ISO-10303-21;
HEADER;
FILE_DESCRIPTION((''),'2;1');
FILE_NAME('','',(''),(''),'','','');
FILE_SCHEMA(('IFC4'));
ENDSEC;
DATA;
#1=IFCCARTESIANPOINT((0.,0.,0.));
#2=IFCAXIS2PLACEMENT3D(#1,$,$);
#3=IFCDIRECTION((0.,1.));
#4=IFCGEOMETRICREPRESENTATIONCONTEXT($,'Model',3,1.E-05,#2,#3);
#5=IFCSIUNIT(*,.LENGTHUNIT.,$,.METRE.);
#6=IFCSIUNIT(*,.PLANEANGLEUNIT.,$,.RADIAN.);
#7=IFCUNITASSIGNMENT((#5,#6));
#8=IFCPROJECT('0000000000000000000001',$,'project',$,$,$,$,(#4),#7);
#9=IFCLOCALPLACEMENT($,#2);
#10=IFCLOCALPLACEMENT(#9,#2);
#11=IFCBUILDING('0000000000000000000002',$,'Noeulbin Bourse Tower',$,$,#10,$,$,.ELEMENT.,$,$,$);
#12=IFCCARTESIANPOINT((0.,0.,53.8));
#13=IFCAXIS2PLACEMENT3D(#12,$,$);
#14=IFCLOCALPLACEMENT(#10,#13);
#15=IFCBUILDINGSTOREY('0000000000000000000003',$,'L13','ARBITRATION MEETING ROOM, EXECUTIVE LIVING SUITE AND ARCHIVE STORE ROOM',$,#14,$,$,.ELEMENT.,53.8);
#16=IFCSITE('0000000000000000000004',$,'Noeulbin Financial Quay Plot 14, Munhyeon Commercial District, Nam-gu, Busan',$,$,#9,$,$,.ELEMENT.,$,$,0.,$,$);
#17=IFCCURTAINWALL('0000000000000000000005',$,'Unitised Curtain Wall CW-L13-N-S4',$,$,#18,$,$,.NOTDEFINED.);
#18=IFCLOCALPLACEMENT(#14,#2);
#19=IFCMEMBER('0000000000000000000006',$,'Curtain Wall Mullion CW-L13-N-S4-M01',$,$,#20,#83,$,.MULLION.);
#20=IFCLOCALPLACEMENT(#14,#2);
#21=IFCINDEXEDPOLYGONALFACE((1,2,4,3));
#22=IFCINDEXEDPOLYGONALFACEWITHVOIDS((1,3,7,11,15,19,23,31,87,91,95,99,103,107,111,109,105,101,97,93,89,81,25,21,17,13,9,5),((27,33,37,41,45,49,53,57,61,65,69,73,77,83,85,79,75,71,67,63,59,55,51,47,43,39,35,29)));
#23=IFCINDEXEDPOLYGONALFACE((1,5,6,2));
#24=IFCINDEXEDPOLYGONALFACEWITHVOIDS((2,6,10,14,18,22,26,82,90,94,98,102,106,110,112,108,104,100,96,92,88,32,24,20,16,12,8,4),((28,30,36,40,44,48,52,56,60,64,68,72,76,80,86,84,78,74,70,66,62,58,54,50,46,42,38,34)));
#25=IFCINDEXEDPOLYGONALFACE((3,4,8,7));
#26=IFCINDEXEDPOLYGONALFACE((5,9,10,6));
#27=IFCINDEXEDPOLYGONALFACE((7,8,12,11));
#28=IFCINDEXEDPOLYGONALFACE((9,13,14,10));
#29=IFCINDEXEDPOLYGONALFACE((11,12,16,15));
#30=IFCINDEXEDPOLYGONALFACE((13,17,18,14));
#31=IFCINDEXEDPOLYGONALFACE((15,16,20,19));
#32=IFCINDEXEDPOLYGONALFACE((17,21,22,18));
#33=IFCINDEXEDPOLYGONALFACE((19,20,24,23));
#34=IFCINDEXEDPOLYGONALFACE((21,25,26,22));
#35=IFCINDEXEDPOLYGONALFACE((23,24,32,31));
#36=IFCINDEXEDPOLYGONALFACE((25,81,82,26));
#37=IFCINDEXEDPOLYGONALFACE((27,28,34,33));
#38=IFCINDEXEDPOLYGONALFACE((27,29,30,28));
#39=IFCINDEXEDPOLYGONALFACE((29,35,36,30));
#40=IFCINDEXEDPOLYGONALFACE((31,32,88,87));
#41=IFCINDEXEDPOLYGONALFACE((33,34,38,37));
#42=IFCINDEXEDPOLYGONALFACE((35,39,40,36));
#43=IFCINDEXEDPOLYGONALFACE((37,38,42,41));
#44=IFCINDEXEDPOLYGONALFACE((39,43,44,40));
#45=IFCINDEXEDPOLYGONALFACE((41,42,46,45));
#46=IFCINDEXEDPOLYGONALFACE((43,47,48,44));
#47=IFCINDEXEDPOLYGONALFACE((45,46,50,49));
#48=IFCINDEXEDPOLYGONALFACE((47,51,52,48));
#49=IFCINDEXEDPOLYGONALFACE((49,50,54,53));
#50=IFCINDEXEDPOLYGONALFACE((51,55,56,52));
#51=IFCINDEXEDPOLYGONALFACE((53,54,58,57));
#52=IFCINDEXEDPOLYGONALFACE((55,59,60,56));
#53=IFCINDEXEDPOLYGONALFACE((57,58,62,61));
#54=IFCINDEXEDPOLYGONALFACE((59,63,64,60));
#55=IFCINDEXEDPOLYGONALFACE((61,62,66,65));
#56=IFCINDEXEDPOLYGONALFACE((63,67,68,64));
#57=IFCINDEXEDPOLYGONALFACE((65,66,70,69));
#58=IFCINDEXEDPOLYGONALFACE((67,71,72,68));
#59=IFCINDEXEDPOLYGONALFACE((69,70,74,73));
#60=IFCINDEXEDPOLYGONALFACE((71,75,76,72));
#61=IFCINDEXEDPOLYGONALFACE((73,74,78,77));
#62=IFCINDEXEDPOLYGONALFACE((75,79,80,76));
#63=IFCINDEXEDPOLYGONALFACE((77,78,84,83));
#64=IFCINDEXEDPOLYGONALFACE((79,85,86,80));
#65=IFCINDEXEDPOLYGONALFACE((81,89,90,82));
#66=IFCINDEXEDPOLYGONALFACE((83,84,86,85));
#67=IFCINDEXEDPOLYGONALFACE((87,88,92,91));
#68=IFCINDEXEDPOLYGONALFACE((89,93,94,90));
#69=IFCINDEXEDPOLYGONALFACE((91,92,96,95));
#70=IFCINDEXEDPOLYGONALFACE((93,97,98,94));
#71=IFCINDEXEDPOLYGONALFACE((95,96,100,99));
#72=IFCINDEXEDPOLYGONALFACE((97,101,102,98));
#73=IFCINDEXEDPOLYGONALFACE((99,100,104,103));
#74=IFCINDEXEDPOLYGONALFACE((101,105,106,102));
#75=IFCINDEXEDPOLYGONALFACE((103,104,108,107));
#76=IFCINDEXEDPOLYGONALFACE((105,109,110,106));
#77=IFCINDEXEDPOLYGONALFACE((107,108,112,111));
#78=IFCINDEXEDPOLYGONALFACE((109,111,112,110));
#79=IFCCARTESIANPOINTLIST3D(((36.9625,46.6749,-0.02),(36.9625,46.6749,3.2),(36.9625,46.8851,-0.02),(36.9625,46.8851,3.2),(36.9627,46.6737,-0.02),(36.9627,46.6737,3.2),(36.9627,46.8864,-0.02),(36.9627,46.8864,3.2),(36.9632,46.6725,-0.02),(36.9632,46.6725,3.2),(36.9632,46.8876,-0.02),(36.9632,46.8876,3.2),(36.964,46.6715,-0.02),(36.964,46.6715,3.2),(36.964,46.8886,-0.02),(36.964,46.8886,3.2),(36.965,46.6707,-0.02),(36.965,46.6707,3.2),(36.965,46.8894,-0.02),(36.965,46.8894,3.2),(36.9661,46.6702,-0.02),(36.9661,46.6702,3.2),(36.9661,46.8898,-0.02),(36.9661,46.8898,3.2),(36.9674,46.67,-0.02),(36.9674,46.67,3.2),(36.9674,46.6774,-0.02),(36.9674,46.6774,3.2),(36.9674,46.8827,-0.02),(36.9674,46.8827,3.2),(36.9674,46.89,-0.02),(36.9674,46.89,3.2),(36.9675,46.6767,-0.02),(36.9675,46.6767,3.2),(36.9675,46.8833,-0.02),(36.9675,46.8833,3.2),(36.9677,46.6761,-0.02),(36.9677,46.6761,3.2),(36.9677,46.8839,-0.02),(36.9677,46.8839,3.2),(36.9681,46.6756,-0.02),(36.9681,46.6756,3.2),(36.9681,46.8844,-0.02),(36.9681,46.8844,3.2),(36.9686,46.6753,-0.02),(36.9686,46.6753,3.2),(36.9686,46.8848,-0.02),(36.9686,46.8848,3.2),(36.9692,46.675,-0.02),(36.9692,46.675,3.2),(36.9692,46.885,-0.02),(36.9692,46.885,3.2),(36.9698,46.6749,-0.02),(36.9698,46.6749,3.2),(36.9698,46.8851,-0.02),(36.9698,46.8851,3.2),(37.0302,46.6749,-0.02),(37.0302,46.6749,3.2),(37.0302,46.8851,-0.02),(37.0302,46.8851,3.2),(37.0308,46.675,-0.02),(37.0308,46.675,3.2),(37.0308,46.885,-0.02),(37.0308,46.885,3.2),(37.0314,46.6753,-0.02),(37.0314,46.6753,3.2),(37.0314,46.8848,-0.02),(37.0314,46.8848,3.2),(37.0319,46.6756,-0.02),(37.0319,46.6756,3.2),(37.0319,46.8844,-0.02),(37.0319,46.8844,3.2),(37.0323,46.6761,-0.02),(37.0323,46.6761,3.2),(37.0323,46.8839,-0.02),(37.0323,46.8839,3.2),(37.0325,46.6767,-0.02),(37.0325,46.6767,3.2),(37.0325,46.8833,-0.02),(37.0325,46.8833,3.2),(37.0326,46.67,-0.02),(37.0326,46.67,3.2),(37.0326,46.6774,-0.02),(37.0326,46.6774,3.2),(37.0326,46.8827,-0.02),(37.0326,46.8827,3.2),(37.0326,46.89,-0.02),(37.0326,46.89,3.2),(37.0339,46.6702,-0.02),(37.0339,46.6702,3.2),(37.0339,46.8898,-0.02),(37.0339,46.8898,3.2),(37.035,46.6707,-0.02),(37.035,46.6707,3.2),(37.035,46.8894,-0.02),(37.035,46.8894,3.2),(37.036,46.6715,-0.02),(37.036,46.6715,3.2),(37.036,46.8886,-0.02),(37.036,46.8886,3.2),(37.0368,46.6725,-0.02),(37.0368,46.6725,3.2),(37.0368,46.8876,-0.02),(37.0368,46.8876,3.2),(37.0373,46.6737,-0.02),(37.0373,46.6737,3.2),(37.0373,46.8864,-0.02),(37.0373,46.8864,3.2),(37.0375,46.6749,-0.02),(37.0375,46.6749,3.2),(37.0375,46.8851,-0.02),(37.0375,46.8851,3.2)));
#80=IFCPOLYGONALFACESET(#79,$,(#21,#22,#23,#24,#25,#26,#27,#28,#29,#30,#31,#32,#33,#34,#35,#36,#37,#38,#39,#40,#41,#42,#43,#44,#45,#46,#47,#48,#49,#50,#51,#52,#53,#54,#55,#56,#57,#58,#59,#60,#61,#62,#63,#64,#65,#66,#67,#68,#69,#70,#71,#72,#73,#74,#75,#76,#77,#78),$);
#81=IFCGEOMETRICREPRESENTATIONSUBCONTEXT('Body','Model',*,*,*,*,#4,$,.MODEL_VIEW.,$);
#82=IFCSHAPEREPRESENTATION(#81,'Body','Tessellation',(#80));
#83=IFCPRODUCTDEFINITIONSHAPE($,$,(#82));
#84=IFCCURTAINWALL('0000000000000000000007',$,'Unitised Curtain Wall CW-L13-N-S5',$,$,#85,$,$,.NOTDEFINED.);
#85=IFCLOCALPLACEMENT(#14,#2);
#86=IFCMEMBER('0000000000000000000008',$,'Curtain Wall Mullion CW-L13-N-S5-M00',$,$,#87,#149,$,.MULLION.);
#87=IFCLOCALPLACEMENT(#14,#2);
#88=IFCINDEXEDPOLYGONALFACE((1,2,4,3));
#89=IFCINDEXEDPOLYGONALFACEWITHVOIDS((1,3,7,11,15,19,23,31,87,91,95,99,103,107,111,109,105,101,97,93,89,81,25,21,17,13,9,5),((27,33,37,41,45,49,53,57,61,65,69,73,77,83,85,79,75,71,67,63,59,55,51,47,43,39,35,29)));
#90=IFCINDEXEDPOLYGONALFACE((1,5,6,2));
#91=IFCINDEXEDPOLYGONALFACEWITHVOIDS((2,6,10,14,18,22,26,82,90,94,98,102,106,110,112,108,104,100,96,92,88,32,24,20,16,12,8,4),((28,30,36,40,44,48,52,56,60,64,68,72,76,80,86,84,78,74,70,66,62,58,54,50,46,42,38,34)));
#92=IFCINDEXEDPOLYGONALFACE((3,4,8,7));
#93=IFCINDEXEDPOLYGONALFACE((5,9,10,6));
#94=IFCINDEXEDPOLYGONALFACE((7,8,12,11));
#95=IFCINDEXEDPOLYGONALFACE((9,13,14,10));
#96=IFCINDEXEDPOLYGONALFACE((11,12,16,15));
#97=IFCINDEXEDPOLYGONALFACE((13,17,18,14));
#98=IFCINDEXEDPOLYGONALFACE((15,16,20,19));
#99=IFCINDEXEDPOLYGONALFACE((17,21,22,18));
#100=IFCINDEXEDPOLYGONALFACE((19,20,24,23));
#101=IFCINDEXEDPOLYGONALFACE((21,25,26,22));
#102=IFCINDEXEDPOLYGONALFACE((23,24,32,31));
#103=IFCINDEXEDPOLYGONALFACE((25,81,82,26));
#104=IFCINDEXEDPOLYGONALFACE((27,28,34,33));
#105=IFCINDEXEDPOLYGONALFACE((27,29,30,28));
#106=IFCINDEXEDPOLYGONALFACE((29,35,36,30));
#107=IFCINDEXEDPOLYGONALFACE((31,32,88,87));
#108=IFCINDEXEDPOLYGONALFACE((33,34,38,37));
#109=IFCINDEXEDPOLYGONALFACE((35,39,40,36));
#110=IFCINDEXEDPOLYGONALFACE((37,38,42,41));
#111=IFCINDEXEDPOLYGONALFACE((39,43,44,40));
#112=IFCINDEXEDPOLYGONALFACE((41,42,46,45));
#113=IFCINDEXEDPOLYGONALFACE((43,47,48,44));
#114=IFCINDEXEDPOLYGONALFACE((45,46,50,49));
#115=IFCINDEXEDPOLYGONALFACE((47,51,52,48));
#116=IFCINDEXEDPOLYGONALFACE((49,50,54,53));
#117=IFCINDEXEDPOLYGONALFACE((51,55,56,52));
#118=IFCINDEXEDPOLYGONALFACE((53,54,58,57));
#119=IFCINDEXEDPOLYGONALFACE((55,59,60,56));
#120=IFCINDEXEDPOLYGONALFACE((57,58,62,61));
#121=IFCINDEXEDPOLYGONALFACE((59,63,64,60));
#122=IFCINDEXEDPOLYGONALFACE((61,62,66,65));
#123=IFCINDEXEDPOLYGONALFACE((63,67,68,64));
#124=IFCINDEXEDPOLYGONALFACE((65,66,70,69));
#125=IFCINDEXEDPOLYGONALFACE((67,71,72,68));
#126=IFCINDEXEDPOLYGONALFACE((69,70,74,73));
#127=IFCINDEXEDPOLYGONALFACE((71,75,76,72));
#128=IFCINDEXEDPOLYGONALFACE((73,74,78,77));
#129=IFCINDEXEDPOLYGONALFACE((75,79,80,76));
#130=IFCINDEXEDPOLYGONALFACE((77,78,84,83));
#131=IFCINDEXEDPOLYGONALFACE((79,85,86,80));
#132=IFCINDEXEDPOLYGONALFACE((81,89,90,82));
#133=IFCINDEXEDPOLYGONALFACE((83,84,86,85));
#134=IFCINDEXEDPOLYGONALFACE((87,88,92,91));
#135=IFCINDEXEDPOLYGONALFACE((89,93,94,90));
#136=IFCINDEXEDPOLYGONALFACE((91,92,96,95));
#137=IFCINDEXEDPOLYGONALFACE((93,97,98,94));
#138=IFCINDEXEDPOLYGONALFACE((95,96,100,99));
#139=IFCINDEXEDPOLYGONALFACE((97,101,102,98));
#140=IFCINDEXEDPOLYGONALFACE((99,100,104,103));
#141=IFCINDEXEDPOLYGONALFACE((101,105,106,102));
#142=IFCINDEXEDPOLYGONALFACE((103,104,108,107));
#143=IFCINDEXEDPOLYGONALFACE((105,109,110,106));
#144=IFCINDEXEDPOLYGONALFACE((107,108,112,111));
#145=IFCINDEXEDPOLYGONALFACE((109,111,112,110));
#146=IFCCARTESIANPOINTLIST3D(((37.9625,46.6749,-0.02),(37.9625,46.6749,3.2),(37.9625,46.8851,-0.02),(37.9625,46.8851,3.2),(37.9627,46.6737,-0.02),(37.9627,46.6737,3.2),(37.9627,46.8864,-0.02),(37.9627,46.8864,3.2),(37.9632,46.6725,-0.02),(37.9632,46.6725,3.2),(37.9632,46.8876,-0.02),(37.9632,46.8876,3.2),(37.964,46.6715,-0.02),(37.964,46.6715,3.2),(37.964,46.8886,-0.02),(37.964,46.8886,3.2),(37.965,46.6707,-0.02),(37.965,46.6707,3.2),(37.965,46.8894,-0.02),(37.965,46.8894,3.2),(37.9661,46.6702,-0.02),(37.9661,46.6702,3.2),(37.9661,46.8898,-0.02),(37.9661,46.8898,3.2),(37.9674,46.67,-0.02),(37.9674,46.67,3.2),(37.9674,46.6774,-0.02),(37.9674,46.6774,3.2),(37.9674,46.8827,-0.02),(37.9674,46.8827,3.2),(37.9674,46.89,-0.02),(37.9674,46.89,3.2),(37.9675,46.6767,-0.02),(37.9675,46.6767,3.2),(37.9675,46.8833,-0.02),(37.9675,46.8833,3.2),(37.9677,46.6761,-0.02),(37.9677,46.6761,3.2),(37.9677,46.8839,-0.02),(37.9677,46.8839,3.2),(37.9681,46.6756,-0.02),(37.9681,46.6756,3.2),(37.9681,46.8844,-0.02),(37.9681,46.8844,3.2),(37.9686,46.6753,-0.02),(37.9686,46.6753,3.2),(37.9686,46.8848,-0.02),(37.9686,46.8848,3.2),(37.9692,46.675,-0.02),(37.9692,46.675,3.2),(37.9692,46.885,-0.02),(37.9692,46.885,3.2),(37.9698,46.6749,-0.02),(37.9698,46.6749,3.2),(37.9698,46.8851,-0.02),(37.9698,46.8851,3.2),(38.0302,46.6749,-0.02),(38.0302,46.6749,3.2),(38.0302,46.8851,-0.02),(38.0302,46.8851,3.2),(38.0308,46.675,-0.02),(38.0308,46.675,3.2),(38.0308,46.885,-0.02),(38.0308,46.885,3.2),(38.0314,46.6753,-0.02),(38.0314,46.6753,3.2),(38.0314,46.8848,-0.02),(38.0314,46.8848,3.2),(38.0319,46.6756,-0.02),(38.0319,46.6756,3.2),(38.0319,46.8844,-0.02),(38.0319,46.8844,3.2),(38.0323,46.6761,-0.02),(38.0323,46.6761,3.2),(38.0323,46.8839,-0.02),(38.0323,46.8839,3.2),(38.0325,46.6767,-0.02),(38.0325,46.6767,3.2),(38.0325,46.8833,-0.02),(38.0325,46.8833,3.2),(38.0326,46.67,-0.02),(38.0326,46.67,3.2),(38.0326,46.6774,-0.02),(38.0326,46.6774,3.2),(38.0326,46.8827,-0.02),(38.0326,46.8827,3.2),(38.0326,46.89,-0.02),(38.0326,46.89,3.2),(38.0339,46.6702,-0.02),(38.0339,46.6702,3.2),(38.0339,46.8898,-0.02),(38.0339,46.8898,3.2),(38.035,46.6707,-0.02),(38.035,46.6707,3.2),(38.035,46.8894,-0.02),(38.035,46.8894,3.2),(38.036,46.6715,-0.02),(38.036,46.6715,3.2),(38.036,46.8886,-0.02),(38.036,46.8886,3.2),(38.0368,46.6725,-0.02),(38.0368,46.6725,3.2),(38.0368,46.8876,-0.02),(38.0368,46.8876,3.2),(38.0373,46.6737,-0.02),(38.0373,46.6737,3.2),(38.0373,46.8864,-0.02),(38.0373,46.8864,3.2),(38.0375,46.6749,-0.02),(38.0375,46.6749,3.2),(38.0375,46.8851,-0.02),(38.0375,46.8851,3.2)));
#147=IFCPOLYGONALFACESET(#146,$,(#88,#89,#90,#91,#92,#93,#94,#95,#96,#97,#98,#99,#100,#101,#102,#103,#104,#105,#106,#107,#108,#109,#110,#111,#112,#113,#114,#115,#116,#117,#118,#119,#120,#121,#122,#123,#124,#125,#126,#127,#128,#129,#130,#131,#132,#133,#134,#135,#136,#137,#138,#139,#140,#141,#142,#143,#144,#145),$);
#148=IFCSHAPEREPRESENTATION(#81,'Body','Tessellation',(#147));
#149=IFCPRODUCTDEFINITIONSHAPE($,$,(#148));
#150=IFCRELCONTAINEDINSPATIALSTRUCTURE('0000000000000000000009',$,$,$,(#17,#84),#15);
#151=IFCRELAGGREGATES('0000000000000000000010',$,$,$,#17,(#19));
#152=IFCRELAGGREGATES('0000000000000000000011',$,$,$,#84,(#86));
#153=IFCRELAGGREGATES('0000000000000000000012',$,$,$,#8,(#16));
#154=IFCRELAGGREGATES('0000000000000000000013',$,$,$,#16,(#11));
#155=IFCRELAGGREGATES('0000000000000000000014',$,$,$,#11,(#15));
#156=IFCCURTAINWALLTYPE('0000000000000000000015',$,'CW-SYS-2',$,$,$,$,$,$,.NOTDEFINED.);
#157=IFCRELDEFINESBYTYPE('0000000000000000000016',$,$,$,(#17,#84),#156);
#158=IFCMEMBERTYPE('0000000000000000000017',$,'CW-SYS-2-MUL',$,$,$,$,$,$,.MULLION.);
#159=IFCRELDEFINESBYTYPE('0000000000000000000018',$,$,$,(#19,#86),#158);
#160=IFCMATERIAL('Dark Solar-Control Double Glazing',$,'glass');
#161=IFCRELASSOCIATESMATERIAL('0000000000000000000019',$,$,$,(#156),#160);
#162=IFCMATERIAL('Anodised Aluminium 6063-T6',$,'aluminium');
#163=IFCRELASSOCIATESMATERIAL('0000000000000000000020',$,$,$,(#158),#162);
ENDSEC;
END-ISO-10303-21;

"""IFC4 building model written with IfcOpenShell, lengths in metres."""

from ifc_helpers import new_model, si_unit, direction, frame, origin, origin_2d, place, context, subcontext, project, spatial, hollow_rectangle, extrude, material, material_profile, profile_set, type_object, element, aggregate, save


model = new_model("IFC4")

# Units and contexts
model_context = context("Model", 3, precision=1e-05, world=origin(), true_north=direction((0.0, 1.0)))
body_context = subcontext(model_context, "Body", "Model", "MODEL_VIEW")
ifc_project = project(units=[si_unit("LENGTHUNIT", "METRE"), si_unit("PLANEANGLEUNIT", "RADIAN")], contexts=[model_context])

# Site, building, storey
site_placement = place(None, origin())
site = spatial("IfcSite", under=ifc_project, at=site_placement, Name="Noeulbin Financial Quay Plot 14, Munhyeon Commercial District, Nam-gu, Busan", CompositionType="ELEMENT", RefElevation=0.0)
building_placement = place(site_placement, origin())
building = spatial("IfcBuilding", under=site, at=building_placement, Name="Noeulbin Bourse Tower", CompositionType="ELEMENT")
storey_placement = place(building_placement, frame((0.0, 0.0, 53.8)))
storey = spatial("IfcBuildingStorey", under=building, at=storey_placement, Name="L13", Description="ARBITRATION MEETING ROOM, EXECUTIVE LIVING SUITE AND ARCHIVE STORE ROOM", CompositionType="ELEMENT", Elevation=53.8)

# Shared definitions
ifc_material_1 = material(Name="Dark Solar-Control Double Glazing", Category="glass")
curtain_wall_type = type_object("IfcCurtainWallType", Name="CW-SYS-2", PredefinedType="NOTDEFINED", material=ifc_material_1)
ifc_material_2 = material(Name="Anodised Aluminium 6063-T6", Category="aluminium")
ifc_material_profile_1 = material_profile(ifc_material_2, hollow_rectangle(XDim=0.075, YDim=0.22, WallThickness=0.0049, InnerFilletRadius=0.0024, OuterFilletRadius=0.0049, at=origin_2d()), Name="ALU-MULL-75x220x5", Category="LoadBearing")
ifc_profile_set_1 = profile_set([ifc_material_profile_1], Name="Anodised Aluminium 6063-T6")
member_type_1 = type_object("IfcMemberType", Name="CW-SYS-2-MUL", PredefinedType="MULLION", material=ifc_profile_set_1)

# Curtain wall, member
curtain_wall_1_placement = place(storey_placement, origin())
curtain_wall_1 = element("IfcCurtainWall", 1, at=curtain_wall_1_placement, inside=storey, type_object=curtain_wall_type, Name="Unitised Curtain Wall CW-L13-N-S4", PredefinedType="NOTDEFINED")
member_1_placement = place(storey_placement, frame((37.0, 46.78, -0.02), z_axis=(0.0, 0.0, 1.0), x_axis=(1.0, 0.0, 0.0)))
member_1 = element("IfcMember", 2, at=member_1_placement, type_object=member_type_1, Name="Curtain Wall Mullion CW-L13-N-S4-M01", PredefinedType="MULLION", context=body_context, shape_type="SweptSolid", body=[
    extrude(hollow_rectangle(XDim=0.075, YDim=0.22, WallThickness=0.0049, InnerFilletRadius=0.0024, OuterFilletRadius=0.0049, at=origin_2d()), origin(), (0.0, 0.0, 1.0), 3.22),
])

# Curtain wall, member
curtain_wall_2_placement = place(storey_placement, origin())
curtain_wall_2 = element("IfcCurtainWall", 3, at=curtain_wall_2_placement, inside=storey, type_object=curtain_wall_type, Name="Unitised Curtain Wall CW-L13-N-S5", PredefinedType="NOTDEFINED")
member_2_placement = place(storey_placement, frame((38.0, 46.78, -0.02), z_axis=(0.0, 0.0, 1.0), x_axis=(1.0, 0.0, 0.0)))
member_2 = element("IfcMember", 4, at=member_2_placement, type_object=member_type_1, Name="Curtain Wall Mullion CW-L13-N-S5-M00", PredefinedType="MULLION", context=body_context, shape_type="SweptSolid", body=[
    extrude(hollow_rectangle(XDim=0.075, YDim=0.22, WallThickness=0.0049, InnerFilletRadius=0.0024, OuterFilletRadius=0.0049, at=origin_2d()), origin(), (0.0, 0.0, 1.0), 3.22),
])

aggregate(curtain_wall_1, [member_1])
aggregate(curtain_wall_2, [member_2])

save(model, "model.ifc")
